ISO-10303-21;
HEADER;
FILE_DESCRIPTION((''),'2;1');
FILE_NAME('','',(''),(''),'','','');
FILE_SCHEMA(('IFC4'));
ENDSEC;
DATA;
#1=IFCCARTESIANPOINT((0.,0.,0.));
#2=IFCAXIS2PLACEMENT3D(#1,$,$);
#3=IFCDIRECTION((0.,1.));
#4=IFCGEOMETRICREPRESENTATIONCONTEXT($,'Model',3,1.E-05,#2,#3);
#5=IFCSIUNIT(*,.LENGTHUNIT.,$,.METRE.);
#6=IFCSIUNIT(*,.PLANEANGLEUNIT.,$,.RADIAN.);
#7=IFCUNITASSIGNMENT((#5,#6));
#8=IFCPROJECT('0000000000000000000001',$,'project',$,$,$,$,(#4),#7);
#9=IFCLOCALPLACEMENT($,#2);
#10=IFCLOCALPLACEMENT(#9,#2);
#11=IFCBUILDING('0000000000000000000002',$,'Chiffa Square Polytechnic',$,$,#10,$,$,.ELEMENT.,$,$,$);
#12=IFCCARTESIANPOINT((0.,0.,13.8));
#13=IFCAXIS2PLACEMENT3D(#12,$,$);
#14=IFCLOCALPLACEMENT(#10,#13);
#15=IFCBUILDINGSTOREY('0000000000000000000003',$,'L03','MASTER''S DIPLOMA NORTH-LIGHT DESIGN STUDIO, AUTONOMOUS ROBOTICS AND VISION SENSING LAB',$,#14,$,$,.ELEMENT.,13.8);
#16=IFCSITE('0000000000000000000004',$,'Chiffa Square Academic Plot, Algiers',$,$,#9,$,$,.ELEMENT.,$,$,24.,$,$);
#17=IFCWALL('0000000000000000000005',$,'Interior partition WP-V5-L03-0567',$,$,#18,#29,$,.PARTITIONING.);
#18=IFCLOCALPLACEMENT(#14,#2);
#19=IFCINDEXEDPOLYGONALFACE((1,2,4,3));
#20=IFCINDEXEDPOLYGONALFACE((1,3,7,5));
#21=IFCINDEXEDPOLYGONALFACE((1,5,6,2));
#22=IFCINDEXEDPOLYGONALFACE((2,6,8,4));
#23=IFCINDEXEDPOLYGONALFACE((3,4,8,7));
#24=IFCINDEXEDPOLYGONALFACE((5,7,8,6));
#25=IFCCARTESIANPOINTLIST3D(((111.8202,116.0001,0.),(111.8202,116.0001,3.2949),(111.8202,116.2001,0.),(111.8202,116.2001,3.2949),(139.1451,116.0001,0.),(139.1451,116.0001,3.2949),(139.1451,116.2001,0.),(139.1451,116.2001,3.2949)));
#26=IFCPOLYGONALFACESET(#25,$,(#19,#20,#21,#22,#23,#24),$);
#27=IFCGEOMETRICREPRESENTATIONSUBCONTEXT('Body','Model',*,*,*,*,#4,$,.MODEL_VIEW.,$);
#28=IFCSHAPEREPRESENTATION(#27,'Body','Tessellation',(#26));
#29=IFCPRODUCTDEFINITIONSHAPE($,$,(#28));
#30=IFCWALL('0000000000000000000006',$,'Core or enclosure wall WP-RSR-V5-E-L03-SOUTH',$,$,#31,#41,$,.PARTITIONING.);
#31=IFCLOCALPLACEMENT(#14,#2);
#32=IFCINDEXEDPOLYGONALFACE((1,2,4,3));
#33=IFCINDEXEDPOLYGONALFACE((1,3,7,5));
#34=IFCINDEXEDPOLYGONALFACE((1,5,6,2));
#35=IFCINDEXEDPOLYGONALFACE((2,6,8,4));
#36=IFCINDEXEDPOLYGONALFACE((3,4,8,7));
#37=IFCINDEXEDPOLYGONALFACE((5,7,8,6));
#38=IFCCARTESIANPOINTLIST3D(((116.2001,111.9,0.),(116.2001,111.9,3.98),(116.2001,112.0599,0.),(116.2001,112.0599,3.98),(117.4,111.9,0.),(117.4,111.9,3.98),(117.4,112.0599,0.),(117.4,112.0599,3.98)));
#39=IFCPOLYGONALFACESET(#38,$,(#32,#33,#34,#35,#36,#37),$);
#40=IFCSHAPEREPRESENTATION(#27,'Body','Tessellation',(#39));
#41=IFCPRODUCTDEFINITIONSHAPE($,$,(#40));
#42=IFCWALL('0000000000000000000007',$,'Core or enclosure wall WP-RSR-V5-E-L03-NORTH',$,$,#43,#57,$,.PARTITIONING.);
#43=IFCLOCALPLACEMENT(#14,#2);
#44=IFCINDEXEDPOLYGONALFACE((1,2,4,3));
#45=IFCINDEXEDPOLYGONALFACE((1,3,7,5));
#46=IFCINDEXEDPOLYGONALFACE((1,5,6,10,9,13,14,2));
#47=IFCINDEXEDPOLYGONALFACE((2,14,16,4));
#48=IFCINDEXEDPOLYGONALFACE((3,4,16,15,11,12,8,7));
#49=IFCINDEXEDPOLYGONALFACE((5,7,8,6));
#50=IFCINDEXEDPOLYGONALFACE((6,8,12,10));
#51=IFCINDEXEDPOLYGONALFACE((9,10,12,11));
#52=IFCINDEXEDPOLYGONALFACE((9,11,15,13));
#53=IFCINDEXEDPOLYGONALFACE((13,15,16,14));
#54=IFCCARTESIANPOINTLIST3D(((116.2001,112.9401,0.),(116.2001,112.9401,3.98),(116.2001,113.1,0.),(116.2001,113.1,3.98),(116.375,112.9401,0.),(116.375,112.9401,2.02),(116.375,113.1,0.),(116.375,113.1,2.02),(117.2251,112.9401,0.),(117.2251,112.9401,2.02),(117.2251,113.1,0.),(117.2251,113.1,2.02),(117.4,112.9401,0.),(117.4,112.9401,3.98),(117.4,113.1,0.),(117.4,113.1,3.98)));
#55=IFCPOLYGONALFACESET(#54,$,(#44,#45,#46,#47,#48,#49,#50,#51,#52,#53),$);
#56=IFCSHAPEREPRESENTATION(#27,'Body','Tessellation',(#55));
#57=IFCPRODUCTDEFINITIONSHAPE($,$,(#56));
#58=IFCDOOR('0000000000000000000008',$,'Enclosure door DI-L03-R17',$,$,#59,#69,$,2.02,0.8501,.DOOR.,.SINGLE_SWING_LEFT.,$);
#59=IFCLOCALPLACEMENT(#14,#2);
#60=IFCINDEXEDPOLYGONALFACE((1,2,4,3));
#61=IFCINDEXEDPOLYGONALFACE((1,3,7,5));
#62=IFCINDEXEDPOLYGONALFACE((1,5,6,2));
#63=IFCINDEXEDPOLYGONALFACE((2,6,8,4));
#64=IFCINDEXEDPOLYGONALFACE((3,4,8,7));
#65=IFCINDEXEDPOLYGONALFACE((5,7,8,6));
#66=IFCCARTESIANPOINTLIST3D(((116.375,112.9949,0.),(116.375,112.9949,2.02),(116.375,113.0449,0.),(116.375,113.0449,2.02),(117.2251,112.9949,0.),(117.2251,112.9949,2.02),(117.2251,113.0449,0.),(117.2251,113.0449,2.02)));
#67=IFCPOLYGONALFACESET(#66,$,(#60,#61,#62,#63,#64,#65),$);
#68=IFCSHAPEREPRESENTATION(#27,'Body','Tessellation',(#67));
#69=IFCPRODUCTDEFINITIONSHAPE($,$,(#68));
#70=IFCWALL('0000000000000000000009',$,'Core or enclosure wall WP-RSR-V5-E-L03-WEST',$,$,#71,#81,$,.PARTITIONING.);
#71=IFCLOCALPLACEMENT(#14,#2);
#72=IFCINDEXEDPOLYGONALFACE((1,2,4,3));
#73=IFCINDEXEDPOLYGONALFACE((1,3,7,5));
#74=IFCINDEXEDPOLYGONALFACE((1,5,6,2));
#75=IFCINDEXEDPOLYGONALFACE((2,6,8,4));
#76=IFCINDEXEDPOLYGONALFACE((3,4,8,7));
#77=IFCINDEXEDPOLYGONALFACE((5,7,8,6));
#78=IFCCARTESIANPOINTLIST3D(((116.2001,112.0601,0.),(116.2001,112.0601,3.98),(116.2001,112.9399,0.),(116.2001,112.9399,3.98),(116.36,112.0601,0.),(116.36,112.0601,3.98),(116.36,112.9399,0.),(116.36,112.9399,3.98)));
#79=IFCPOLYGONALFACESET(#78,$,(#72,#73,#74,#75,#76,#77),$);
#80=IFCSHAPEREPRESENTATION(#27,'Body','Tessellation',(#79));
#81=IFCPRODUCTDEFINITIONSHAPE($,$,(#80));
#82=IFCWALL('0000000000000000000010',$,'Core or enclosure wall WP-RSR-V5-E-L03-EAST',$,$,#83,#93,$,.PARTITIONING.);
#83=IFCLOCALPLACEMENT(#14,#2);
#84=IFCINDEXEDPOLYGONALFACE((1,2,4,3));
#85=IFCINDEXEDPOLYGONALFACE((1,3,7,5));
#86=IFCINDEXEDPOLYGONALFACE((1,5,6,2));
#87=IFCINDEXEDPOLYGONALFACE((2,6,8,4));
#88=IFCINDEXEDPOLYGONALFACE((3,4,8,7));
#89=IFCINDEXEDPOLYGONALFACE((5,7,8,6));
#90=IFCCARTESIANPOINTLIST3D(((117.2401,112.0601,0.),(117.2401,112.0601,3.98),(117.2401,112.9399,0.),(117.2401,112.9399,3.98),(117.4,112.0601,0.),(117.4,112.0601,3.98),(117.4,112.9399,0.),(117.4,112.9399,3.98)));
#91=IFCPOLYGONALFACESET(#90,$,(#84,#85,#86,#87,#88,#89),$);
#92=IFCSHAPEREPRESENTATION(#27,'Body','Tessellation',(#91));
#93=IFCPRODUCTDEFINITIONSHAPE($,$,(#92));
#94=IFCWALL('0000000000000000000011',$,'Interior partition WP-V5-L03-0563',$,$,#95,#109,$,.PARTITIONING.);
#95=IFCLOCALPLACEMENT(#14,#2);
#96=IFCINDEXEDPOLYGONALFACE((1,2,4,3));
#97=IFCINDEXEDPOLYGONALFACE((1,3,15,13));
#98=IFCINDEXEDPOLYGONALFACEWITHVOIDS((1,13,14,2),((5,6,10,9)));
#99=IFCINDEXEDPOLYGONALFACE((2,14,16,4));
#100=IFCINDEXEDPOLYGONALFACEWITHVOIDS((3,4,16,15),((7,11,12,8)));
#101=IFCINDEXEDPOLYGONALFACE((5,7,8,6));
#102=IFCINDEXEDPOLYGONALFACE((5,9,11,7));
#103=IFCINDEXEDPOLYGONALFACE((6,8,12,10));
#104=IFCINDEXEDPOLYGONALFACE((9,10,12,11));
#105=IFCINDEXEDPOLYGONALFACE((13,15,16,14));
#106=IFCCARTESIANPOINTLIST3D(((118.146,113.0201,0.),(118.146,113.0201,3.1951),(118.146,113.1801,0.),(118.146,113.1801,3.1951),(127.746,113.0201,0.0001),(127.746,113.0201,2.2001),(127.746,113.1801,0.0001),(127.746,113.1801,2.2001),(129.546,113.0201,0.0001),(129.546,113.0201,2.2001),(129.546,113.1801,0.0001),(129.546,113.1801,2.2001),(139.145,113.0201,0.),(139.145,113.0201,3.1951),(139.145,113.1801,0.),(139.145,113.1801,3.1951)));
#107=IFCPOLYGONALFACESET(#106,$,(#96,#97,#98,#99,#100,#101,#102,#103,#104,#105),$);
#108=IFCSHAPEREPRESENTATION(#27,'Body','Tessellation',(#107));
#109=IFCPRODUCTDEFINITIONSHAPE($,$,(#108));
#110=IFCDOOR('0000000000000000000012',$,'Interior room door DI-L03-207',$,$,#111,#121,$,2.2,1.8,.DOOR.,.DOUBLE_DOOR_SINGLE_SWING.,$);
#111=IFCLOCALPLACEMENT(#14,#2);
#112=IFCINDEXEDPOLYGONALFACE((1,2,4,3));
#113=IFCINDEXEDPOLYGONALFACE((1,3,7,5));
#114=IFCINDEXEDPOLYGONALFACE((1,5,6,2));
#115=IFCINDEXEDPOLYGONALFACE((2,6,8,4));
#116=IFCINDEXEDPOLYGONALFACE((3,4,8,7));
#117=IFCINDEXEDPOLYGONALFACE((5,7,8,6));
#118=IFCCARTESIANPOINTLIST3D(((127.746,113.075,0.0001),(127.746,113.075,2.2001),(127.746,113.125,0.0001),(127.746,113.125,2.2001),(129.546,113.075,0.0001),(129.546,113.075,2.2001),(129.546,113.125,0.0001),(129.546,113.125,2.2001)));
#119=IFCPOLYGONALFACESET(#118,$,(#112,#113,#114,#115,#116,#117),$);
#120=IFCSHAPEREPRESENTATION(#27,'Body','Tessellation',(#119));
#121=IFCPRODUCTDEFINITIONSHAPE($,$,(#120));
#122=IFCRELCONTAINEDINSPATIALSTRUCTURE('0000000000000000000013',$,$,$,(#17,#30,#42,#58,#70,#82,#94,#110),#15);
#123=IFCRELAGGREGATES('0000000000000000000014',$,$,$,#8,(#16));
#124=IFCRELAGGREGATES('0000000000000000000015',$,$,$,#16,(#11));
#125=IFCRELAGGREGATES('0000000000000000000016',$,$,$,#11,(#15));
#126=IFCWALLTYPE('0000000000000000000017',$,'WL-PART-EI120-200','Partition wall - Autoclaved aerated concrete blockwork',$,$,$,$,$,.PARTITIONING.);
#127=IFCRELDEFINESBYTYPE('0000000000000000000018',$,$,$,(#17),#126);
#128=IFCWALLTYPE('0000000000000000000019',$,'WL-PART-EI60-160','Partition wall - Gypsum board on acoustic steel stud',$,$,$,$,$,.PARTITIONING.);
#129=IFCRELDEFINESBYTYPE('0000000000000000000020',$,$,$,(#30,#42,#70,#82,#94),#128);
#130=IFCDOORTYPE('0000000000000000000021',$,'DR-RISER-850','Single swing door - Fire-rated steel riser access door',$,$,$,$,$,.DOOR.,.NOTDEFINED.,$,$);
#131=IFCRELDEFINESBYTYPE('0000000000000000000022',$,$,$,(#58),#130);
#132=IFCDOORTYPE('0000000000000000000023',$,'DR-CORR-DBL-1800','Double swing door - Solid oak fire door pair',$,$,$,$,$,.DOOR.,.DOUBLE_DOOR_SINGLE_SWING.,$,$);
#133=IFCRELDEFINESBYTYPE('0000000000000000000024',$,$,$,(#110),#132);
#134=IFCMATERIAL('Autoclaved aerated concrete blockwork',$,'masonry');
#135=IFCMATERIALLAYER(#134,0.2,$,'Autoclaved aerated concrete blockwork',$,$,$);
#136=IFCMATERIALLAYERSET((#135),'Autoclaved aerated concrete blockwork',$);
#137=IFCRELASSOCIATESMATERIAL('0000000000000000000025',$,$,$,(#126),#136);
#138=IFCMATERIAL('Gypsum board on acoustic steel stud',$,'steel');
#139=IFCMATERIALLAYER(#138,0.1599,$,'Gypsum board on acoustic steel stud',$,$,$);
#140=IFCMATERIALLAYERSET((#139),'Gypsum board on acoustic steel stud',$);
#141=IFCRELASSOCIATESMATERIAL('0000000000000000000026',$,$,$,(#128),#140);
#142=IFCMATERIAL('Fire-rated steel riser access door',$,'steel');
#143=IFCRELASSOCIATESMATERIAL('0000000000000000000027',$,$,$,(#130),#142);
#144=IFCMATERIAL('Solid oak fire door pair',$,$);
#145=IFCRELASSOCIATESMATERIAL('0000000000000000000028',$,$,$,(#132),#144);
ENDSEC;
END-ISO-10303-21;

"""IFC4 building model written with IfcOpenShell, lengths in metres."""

from ifc_helpers import new_model, si_unit, direction, frame, frame_2d, origin, place, context, subcontext, project, spatial, rectangle, extrude, material, layer, layer_set, type_object, element, fill, save


model = new_model("IFC4")

# Units and contexts
model_context = context("Model", 3, precision=1e-05, world=origin(), true_north=direction((0.0, 1.0)))
body_context = subcontext(model_context, "Body", "Model", "MODEL_VIEW")
ifc_project = project(units=[si_unit("LENGTHUNIT", "METRE"), si_unit("PLANEANGLEUNIT", "RADIAN")], contexts=[model_context])

# Site, building, storey
site_placement = place(None, origin())
site = spatial("IfcSite", under=ifc_project, at=site_placement, Name="Chiffa Square Academic Plot, Algiers", CompositionType="ELEMENT", RefElevation=24.0)
building_placement = place(site_placement, origin())
building = spatial("IfcBuilding", under=site, at=building_placement, Name="Chiffa Square Polytechnic", CompositionType="ELEMENT")
storey_placement = place(building_placement, frame((0.0, 0.0, 13.8)))
storey = spatial("IfcBuildingStorey", under=building, at=storey_placement, Name="L03", Description="MASTER'S DIPLOMA NORTH-LIGHT DESIGN STUDIO, AUTONOMOUS ROBOTICS AND VISION SENSING LAB", CompositionType="ELEMENT", Elevation=13.8)

# Shared definitions
ifc_material_1 = material(Name="Autoclaved aerated concrete blockwork", Category="masonry")
ifc_layer_1 = layer(ifc_material_1, 0.2, Name="Autoclaved aerated concrete blockwork")
ifc_layer_set_1 = layer_set([ifc_layer_1], Name="Autoclaved aerated concrete blockwork")
wall_type_1 = type_object("IfcWallType", Name="WL-PART-EI120-200", Description="Partition wall - Autoclaved aerated concrete blockwork", PredefinedType="PARTITIONING", material=ifc_layer_set_1)

# Walls
wall_1_placement = place(storey_placement, frame((111.8201, 116.1001, 0.0), z_axis=(0.0, 0.0, 1.0), x_axis=(1.0, 0.0, 0.0)))
element("IfcWall", 1, at=wall_1_placement, inside=storey, type_object=wall_type_1, Name="Interior partition WP-V5-L03-0567", PredefinedType="PARTITIONING", context=body_context, shape_type="SweptSolid", body=[
    extrude(rectangle(XDim=27.325, YDim=0.2, at=frame_2d((13.6626, 0.0))), origin(), (0.0, 0.0, 1.0), 3.2949),
])
ifc_material_2 = material(Name="Gypsum board on acoustic steel stud", Category="steel")
ifc_layer_2 = layer(ifc_material_2, 0.1599, Name="Gypsum board on acoustic steel stud")
ifc_layer_set_2 = layer_set([ifc_layer_2], Name="Gypsum board on acoustic steel stud")
wall_type_2 = type_object("IfcWallType", Name="WL-PART-EI60-160", Description="Partition wall - Gypsum board on acoustic steel stud", PredefinedType="PARTITIONING", material=ifc_layer_set_2)
wall_2_placement = place(storey_placement, frame((116.2, 111.98, 0.0), z_axis=(0.0, 0.0, 1.0), x_axis=(1.0, 0.0, 0.0)))
element("IfcWall", 2, at=wall_2_placement, inside=storey, type_object=wall_type_2, Name="Core or enclosure wall WP-RSR-V5-E-L03-SOUTH", PredefinedType="PARTITIONING", context=body_context, shape_type="SweptSolid", body=[
    extrude(rectangle(XDim=1.2, YDim=0.1599, at=frame_2d((0.6001, 0.0))), origin(), (0.0, 0.0, 1.0), 3.98),
])

# Wall, opening, door
wall_3_placement = place(storey_placement, frame((116.2, 113.02, 0.0), z_axis=(0.0, 0.0, 1.0), x_axis=(1.0, 0.0, 0.0)))
wall_3 = element("IfcWall", 3, at=wall_3_placement, inside=storey, type_object=wall_type_2, Name="Core or enclosure wall WP-RSR-V5-E-L03-NORTH", PredefinedType="PARTITIONING", context=body_context, shape_type="SweptSolid", body=[
    extrude(rectangle(XDim=1.2, YDim=0.1599, at=frame_2d((0.6001, 0.0))), origin(), (0.0, 0.0, 1.0), 3.98),
])
opening_1_placement = place(wall_3_placement, frame((0.175, 0.0, 0.0)))
opening_1 = element("IfcOpeningElement", 4, at=opening_1_placement, cuts=wall_3, PredefinedType="OPENING", context=body_context, shape_type="SweptSolid", body=[
    extrude(rectangle(XDim=0.8501, YDim=2.02, at=frame_2d((0.425, 1.01))), frame((0.0, 0.0898, 0.0), z_axis=(0.0, -1.0, 0.0), x_axis=(1.0, 0.0, 0.0)), (0.0, 0.0, 1.0), 0.1799),
])
ifc_material_3 = material(Name="Fire-rated steel riser access door", Category="steel")
door_type_1 = type_object("IfcDoorType", Name="DR-RISER-850", Description="Single swing door - Fire-rated steel riser access door", OperationType="NOTDEFINED", PredefinedType="DOOR", material=ifc_material_3)
door_1_placement = place(opening_1_placement, origin())
door_1 = element("IfcDoor", 5, at=door_1_placement, inside=storey, type_object=door_type_1, Name="Enclosure door DI-L03-R17", OperationType="SINGLE_SWING_LEFT", OverallHeight=2.02, OverallWidth=0.8501, PredefinedType="DOOR", context=body_context, shape_type="SweptSolid", body=[
    extrude(rectangle(XDim=0.8501, YDim=2.02, at=frame_2d((0.425, 1.01))), frame((0.0, 0.0249, 0.0), z_axis=(0.0, -1.0, 0.0), x_axis=(1.0, 0.0, 0.0)), (0.0, 0.0, 1.0), 0.05),
])
fill(opening_1, door_1)

# Walls
for number, where, z_axis, x_axis, name in (
    (6, (116.28, 112.0601, 0.0), (0.0, 0.0, 1.0), (0.0, 1.0, 0.0), "Core or enclosure wall WP-RSR-V5-E-L03-WEST"),
    (7, (117.3201, 112.0601, 0.0), (0.0, 0.0, 1.0), (0.0, 1.0, 0.0), "Core or enclosure wall WP-RSR-V5-E-L03-EAST"),
):
    element("IfcWall", number, at=place(storey_placement, frame(where, z_axis=z_axis, x_axis=x_axis)), inside=storey, type_object=wall_type_2, Name=name, PredefinedType="PARTITIONING", context=body_context, shape_type="SweptSolid", body=[
        extrude(rectangle(XDim=0.8799, YDim=0.1599, at=frame_2d((0.4399, 0.0))), origin(), (0.0, 0.0, 1.0), 3.98),
    ])

# Wall, opening, door
wall_4_placement = place(storey_placement, frame((118.146, 113.1001, 0.0), z_axis=(0.0, 0.0, 1.0), x_axis=(1.0, 0.0, 0.0)))
wall_4 = element("IfcWall", 8, at=wall_4_placement, inside=storey, type_object=wall_type_2, Name="Interior partition WP-V5-L03-0563", PredefinedType="PARTITIONING", context=body_context, shape_type="SweptSolid", body=[
    extrude(rectangle(XDim=20.999, YDim=0.1599, at=frame_2d((10.4995, 0.0))), origin(), (0.0, 0.0, 1.0), 3.1951),
])
opening_2_placement = place(wall_4_placement, frame((9.6001, 0.0, 0.0)))
opening_2 = element("IfcOpeningElement", 9, at=opening_2_placement, cuts=wall_4, PredefinedType="OPENING", context=body_context, shape_type="SweptSolid", body=[
    extrude(rectangle(XDim=1.8, YDim=2.2, at=frame_2d((0.8999, 1.1001))), frame((0.0, 0.0898, 0.0), z_axis=(0.0, -1.0, 0.0), x_axis=(1.0, 0.0, 0.0)), (0.0, 0.0, 1.0), 0.1799),
])
ifc_material_4 = material(Name="Solid oak fire door pair")
door_type_2 = type_object("IfcDoorType", Name="DR-CORR-DBL-1800", Description="Double swing door - Solid oak fire door pair", OperationType="DOUBLE_DOOR_SINGLE_SWING", PredefinedType="DOOR", material=ifc_material_4)
door_2_placement = place(opening_2_placement, origin())
door_2 = element("IfcDoor", 10, at=door_2_placement, inside=storey, type_object=door_type_2, Name="Interior room door DI-L03-207", OperationType="DOUBLE_DOOR_SINGLE_SWING", OverallHeight=2.2, OverallWidth=1.8, PredefinedType="DOOR", context=body_context, shape_type="SweptSolid", body=[
    extrude(rectangle(XDim=1.8, YDim=2.2, at=frame_2d((0.8999, 1.1001))), frame((0.0, 0.0249, 0.0), z_axis=(0.0, -1.0, 0.0), x_axis=(1.0, 0.0, 0.0)), (0.0, 0.0, 1.0), 0.05),
])
fill(opening_2, door_2)

save(model, "model.ifc")
